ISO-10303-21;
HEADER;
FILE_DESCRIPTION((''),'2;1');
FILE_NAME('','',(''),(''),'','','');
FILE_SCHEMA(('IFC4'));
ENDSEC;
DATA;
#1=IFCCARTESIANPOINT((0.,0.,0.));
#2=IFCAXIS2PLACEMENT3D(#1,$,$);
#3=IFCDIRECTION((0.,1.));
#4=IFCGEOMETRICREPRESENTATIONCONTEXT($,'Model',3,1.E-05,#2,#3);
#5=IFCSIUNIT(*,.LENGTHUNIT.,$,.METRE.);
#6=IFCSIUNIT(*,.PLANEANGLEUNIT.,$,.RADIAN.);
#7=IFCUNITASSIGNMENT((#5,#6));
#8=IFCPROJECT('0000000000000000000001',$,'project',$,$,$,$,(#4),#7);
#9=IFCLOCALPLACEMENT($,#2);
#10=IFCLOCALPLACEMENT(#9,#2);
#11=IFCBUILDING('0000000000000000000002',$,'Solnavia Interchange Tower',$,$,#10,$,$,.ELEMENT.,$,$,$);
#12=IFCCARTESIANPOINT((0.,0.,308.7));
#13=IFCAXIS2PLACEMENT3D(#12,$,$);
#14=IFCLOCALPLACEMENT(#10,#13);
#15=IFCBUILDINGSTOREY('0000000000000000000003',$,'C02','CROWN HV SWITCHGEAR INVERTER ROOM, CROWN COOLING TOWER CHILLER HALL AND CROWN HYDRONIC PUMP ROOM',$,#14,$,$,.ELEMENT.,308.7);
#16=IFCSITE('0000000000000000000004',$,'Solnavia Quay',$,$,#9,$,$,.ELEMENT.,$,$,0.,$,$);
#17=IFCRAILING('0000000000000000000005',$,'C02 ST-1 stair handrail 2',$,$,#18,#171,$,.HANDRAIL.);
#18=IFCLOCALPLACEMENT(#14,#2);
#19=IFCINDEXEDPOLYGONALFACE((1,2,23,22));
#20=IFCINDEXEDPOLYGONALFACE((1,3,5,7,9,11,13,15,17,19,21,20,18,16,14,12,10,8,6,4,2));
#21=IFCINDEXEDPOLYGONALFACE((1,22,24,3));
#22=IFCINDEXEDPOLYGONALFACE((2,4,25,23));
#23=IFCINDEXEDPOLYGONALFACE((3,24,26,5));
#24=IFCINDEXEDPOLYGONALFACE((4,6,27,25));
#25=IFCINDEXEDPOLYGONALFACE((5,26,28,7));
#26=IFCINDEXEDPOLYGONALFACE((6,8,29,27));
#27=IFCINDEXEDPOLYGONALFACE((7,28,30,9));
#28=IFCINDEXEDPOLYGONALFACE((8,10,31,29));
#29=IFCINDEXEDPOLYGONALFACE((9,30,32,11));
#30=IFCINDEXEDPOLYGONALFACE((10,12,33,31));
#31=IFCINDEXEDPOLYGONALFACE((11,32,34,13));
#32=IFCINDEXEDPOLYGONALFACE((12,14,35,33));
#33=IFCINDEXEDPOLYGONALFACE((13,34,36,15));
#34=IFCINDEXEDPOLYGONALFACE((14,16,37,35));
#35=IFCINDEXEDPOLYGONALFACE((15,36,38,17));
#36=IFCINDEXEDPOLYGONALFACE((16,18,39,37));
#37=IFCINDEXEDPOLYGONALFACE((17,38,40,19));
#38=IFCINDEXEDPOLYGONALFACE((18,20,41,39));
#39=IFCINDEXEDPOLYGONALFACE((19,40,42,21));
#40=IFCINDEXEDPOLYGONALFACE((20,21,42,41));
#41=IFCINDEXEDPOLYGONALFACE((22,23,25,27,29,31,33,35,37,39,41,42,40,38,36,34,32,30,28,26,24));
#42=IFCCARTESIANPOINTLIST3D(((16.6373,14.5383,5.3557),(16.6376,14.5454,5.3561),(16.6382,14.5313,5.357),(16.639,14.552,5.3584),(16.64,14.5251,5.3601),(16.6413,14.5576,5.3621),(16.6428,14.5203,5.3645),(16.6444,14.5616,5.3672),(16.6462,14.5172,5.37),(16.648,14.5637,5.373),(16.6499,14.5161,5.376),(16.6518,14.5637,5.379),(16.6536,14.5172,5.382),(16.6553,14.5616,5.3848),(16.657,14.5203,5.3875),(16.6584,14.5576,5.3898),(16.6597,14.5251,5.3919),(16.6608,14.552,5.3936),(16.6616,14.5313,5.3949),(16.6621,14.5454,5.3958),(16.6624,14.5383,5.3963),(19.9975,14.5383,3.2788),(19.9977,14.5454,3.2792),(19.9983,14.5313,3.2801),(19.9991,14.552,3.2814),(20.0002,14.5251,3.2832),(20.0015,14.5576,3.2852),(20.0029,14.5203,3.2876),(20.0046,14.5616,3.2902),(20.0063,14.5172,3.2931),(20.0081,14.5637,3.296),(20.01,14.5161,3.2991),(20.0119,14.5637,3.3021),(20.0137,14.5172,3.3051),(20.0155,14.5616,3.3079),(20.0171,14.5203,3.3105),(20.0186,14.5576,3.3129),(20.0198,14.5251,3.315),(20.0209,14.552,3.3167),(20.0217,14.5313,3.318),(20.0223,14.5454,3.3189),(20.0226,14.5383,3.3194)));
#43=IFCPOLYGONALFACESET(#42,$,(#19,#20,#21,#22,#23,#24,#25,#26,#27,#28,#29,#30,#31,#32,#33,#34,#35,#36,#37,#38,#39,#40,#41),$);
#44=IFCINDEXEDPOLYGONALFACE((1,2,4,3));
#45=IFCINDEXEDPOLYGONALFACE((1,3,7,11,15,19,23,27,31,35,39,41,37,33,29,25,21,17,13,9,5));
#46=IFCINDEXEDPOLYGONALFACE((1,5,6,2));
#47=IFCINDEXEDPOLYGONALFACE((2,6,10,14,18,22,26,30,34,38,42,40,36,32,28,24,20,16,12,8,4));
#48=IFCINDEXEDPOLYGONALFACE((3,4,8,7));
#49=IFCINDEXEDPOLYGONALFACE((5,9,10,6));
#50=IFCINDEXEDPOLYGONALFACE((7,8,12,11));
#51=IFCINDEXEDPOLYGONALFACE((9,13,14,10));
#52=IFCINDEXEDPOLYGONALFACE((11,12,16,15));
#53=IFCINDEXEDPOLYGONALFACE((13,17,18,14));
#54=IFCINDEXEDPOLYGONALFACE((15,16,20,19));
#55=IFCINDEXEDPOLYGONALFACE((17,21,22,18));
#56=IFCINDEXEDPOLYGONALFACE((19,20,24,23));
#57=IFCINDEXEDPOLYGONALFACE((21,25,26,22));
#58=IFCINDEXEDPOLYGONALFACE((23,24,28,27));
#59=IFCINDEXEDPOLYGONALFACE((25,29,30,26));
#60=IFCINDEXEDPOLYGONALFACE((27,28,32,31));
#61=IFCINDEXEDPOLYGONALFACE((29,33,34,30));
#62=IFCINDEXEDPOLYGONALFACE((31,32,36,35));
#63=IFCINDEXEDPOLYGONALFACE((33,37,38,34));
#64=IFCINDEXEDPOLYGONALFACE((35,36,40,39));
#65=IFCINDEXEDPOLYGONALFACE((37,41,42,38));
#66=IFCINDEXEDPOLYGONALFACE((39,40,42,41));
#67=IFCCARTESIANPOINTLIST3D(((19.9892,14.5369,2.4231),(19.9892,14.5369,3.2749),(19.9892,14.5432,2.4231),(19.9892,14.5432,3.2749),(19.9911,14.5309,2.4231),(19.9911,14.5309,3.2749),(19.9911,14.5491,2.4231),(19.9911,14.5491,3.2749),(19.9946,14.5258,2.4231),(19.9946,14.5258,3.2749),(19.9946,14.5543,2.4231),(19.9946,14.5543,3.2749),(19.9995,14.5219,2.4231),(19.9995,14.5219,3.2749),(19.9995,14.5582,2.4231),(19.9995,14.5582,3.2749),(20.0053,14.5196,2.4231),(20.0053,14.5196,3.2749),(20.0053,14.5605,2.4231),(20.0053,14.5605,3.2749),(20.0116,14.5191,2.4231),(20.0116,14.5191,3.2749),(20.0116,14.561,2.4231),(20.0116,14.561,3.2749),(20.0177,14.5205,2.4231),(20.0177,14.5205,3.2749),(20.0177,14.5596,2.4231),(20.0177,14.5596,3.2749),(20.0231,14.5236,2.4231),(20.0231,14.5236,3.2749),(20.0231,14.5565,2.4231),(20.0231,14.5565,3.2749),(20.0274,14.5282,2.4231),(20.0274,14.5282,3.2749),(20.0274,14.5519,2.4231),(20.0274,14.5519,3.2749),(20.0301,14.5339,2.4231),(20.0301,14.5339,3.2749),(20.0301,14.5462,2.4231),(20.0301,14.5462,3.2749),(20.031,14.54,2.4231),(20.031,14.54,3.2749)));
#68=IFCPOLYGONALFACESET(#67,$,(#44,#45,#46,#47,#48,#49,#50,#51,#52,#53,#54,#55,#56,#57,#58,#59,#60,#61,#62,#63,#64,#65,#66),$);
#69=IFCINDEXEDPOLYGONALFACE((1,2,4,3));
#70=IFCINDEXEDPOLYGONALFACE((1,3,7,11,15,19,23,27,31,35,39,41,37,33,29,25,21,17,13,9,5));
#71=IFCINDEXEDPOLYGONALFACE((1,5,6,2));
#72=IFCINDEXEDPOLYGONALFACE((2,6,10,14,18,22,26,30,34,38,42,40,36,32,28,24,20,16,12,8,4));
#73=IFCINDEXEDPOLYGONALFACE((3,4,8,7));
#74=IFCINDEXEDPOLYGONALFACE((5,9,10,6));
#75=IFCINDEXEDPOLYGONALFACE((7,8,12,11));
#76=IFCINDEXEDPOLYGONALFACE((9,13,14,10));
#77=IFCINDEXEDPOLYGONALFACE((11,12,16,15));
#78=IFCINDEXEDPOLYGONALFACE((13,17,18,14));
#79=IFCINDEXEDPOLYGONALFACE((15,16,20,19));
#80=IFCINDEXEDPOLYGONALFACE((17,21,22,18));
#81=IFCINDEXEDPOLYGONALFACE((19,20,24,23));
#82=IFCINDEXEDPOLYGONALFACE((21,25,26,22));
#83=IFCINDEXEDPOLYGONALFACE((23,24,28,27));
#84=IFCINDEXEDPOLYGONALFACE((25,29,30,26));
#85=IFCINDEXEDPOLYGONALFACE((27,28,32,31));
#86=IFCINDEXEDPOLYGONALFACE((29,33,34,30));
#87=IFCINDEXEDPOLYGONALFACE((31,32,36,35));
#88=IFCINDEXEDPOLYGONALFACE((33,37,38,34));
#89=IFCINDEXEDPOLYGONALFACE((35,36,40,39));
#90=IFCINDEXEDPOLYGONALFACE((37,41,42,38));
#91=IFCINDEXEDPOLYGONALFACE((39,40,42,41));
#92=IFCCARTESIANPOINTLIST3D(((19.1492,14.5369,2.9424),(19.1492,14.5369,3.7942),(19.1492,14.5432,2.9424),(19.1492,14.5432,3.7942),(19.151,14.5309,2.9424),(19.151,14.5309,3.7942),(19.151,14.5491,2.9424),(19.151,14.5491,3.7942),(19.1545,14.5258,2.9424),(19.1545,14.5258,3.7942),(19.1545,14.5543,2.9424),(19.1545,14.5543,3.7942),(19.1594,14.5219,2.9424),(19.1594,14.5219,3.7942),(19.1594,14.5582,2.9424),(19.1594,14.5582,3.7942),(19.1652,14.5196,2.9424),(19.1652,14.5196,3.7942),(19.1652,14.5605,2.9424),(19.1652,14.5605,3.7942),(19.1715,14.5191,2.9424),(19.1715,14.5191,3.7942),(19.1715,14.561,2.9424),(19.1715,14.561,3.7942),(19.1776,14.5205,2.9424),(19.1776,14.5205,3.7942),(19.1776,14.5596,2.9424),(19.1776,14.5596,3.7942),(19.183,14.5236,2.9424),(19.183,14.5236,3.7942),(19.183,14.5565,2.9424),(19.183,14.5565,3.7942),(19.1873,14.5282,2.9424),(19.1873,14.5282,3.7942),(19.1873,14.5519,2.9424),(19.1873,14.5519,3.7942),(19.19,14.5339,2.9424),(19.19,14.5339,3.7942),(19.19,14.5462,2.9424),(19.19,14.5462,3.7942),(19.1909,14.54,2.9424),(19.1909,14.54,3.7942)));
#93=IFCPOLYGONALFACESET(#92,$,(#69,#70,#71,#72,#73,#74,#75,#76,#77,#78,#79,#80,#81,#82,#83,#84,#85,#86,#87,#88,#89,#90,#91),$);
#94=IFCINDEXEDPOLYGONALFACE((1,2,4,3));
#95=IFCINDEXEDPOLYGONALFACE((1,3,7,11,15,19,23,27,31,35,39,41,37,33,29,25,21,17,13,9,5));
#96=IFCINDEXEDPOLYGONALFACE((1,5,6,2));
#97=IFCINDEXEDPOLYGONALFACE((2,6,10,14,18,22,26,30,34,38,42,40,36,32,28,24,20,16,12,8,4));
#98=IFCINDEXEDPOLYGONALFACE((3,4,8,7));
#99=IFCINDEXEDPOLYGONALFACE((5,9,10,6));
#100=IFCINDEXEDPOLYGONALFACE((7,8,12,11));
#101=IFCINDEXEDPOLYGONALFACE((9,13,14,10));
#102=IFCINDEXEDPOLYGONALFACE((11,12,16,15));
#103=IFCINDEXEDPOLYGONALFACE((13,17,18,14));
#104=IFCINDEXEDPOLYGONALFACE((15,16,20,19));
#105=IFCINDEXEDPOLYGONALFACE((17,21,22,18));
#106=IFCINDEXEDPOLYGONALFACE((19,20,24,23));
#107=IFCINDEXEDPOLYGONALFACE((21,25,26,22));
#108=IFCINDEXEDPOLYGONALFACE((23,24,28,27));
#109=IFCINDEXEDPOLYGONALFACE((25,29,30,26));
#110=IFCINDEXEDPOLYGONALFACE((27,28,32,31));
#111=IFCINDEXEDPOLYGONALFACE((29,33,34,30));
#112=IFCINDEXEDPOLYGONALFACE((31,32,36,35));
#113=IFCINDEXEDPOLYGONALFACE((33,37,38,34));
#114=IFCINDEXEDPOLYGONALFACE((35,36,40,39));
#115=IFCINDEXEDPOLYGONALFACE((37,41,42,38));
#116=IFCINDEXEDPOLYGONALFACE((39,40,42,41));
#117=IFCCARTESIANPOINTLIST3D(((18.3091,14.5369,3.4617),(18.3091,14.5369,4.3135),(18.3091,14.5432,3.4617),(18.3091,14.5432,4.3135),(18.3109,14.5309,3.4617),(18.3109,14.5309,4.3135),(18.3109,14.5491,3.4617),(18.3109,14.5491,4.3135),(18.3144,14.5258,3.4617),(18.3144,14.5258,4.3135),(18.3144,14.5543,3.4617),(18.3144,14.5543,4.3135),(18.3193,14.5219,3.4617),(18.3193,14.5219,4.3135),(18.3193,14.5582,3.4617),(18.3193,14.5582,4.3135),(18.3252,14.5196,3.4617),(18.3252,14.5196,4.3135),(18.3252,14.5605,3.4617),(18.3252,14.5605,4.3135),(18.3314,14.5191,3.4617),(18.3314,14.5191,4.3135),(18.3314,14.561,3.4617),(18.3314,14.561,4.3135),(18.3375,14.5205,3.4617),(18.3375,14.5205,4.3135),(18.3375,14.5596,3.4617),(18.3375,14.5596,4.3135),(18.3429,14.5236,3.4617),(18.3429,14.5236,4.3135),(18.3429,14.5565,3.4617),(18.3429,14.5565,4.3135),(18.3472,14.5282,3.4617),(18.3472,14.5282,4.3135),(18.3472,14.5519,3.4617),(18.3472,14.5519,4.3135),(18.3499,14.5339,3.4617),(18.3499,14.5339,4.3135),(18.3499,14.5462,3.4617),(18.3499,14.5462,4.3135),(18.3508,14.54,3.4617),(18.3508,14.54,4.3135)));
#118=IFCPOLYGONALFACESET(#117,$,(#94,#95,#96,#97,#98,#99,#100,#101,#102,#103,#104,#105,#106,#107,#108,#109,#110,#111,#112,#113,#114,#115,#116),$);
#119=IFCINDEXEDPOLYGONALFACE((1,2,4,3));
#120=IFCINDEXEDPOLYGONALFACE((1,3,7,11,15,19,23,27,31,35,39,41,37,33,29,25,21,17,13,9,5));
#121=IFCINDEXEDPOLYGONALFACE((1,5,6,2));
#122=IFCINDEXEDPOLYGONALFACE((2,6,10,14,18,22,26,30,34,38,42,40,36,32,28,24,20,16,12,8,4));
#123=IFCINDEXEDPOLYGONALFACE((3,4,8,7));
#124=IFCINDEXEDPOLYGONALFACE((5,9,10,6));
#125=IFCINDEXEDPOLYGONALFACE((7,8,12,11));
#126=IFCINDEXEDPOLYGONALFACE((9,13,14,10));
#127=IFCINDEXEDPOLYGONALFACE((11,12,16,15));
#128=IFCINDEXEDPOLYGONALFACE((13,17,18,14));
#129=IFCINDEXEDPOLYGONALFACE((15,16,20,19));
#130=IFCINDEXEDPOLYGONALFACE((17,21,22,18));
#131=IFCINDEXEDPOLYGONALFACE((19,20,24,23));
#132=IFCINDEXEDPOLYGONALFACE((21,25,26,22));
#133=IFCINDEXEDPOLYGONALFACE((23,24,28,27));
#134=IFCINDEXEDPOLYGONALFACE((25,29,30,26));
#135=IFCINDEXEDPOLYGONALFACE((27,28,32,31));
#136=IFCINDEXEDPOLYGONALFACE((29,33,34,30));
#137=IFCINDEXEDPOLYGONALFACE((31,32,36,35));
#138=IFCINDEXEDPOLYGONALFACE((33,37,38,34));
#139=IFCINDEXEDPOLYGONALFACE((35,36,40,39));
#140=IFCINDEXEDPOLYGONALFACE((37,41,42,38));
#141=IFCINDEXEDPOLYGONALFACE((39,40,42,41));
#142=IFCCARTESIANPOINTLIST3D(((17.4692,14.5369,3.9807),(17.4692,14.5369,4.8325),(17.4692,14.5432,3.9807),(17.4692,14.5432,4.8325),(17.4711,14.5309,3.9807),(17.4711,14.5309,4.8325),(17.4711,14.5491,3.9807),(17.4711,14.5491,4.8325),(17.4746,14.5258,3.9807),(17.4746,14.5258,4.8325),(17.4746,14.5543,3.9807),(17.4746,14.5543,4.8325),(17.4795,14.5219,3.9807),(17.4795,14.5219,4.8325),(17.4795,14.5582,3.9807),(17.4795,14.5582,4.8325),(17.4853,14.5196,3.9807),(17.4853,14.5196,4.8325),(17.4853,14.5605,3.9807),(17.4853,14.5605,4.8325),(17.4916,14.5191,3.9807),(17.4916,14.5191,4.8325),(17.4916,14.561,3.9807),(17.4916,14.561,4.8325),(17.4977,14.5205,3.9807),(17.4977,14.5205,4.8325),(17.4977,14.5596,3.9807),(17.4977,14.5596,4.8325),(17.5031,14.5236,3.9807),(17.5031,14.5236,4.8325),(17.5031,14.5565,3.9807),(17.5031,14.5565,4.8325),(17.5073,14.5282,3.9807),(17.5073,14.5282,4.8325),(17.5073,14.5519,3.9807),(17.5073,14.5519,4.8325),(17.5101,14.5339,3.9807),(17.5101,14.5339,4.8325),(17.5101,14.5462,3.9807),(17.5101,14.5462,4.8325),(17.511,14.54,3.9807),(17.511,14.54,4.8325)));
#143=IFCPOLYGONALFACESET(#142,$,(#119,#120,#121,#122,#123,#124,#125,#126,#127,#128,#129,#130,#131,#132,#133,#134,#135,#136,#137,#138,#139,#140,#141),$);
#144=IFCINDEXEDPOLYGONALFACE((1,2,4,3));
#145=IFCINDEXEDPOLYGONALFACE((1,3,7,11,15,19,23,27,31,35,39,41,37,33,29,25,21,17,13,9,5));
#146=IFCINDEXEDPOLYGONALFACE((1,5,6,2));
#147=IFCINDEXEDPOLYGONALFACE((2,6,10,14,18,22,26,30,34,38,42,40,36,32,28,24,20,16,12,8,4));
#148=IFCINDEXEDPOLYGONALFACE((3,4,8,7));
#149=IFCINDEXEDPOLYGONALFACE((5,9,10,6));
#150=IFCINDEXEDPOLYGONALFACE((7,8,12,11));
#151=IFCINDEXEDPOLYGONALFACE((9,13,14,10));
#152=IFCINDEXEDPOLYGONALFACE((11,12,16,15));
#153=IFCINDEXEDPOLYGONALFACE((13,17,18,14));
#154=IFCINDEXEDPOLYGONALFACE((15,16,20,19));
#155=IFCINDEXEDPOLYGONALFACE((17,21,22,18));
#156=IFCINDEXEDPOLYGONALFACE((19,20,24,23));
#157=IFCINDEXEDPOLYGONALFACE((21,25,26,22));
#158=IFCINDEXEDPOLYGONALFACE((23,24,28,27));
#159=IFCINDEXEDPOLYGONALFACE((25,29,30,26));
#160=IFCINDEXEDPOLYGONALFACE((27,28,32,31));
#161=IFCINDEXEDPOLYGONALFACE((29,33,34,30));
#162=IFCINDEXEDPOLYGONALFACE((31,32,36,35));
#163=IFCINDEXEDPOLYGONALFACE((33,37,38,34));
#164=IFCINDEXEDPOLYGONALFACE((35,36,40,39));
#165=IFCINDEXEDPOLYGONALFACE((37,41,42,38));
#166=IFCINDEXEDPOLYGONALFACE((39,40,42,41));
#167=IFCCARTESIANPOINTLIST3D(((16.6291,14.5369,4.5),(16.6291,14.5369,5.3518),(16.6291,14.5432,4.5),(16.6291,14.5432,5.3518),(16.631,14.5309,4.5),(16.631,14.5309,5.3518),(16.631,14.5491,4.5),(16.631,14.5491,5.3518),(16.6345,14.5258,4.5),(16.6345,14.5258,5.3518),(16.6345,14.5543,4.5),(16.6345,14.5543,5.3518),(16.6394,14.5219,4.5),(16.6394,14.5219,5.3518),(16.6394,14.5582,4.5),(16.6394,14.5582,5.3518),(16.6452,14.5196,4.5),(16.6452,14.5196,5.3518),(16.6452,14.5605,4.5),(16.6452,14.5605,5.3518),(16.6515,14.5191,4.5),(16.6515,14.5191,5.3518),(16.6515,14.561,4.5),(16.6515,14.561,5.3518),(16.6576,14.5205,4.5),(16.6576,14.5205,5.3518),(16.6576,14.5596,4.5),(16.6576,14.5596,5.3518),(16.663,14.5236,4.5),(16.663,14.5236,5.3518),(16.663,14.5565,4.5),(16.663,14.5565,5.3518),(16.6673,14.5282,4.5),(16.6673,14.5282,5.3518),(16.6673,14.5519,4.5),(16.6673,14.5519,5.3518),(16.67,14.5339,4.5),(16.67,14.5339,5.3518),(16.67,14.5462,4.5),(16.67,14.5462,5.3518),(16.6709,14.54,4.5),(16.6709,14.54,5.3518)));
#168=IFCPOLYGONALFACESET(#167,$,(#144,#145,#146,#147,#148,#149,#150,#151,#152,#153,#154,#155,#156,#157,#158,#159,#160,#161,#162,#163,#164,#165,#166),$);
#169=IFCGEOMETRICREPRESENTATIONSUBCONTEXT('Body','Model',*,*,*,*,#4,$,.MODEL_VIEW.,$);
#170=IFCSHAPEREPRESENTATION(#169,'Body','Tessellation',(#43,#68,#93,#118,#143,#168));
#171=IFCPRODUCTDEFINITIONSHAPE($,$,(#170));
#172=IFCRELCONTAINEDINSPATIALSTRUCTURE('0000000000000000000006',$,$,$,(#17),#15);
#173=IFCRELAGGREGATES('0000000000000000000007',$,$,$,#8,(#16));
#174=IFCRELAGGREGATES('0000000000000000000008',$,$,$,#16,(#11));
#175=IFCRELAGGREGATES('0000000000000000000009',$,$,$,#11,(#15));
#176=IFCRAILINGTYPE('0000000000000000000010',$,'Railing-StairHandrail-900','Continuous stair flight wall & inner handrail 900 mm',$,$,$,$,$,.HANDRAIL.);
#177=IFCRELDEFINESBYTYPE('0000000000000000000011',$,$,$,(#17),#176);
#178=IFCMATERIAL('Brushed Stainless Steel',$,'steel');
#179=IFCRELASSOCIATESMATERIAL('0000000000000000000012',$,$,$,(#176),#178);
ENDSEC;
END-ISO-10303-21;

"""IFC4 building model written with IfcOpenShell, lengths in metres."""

from ifc_helpers import new_model, si_unit, direction, frame, origin, origin_2d, place, context, subcontext, project, spatial, circle, extrude, material, type_object, element, save


model = new_model("IFC4")

# Units and contexts
model_context = context("Model", 3, precision=1e-05, world=origin(), true_north=direction((0.0, 1.0)))
body_context = subcontext(model_context, "Body", "Model", "MODEL_VIEW")
ifc_project = project(units=[si_unit("LENGTHUNIT", "METRE"), si_unit("PLANEANGLEUNIT", "RADIAN")], contexts=[model_context])

# Site, building, storey
site_placement = place(None, origin())
site = spatial("IfcSite", under=ifc_project, at=site_placement, Name="Solnavia Quay", CompositionType="ELEMENT", RefElevation=0.0)
building_placement = place(site_placement, origin())
building = spatial("IfcBuilding", under=site, at=building_placement, Name="Solnavia Interchange Tower", CompositionType="ELEMENT")
storey_placement = place(building_placement, frame((0.0, 0.0, 308.7)))
storey = spatial("IfcBuildingStorey", under=building, at=storey_placement, Name="C02", Description="CROWN HV SWITCHGEAR INVERTER ROOM, CROWN COOLING TOWER CHILLER HALL AND CROWN HYDRONIC PUMP ROOM", CompositionType="ELEMENT", Elevation=308.7)

# Railing
ifc_material_1 = material(Name="Brushed Stainless Steel", Category="steel")
railing_type_1 = type_object("IfcRailingType", Name="Railing-StairHandrail-900", Description="Continuous stair flight wall & inner handrail 900 mm", PredefinedType="HANDRAIL", material=ifc_material_1)
railing_1_placement = place(storey_placement, frame((20.01, 14.54, 2.4231)))
element("IfcRailing", 1, at=railing_1_placement, inside=storey, type_object=railing_type_1, Name="C02 ST-1 stair handrail 2", PredefinedType="HANDRAIL", context=body_context, shape_type="SweptSolid", body=[
    extrude(circle(Radius=0.0239, at=origin_2d()), frame((0.0, 0.0, 0.876), z_axis=(-0.850623, 0.0, 0.525776), x_axis=(0.0, -1.0, 0.0)), (0.0, 0.0, 1.0), 3.9502),
    extrude(circle(Radius=0.021, at=origin_2d()), origin(), (0.0, 0.0, 1.0), 0.8518),
    extrude(circle(Radius=0.021, at=origin_2d()), frame((-0.8401, 0.0, 0.5193)), (0.0, 0.0, 1.0), 0.8518),
    extrude(circle(Radius=0.021, at=origin_2d()), frame((-1.6802, 0.0, 1.0386)), (0.0, 0.0, 1.0), 0.8518),
    extrude(circle(Radius=0.021, at=origin_2d()), frame((-2.52, 0.0, 1.5576)), (0.0, 0.0, 1.0), 0.8518),
    extrude(circle(Radius=0.021, at=origin_2d()), frame((-3.3601, 0.0, 2.0769)), (0.0, 0.0, 1.0), 0.8518),
])

save(model, "model.ifc")
